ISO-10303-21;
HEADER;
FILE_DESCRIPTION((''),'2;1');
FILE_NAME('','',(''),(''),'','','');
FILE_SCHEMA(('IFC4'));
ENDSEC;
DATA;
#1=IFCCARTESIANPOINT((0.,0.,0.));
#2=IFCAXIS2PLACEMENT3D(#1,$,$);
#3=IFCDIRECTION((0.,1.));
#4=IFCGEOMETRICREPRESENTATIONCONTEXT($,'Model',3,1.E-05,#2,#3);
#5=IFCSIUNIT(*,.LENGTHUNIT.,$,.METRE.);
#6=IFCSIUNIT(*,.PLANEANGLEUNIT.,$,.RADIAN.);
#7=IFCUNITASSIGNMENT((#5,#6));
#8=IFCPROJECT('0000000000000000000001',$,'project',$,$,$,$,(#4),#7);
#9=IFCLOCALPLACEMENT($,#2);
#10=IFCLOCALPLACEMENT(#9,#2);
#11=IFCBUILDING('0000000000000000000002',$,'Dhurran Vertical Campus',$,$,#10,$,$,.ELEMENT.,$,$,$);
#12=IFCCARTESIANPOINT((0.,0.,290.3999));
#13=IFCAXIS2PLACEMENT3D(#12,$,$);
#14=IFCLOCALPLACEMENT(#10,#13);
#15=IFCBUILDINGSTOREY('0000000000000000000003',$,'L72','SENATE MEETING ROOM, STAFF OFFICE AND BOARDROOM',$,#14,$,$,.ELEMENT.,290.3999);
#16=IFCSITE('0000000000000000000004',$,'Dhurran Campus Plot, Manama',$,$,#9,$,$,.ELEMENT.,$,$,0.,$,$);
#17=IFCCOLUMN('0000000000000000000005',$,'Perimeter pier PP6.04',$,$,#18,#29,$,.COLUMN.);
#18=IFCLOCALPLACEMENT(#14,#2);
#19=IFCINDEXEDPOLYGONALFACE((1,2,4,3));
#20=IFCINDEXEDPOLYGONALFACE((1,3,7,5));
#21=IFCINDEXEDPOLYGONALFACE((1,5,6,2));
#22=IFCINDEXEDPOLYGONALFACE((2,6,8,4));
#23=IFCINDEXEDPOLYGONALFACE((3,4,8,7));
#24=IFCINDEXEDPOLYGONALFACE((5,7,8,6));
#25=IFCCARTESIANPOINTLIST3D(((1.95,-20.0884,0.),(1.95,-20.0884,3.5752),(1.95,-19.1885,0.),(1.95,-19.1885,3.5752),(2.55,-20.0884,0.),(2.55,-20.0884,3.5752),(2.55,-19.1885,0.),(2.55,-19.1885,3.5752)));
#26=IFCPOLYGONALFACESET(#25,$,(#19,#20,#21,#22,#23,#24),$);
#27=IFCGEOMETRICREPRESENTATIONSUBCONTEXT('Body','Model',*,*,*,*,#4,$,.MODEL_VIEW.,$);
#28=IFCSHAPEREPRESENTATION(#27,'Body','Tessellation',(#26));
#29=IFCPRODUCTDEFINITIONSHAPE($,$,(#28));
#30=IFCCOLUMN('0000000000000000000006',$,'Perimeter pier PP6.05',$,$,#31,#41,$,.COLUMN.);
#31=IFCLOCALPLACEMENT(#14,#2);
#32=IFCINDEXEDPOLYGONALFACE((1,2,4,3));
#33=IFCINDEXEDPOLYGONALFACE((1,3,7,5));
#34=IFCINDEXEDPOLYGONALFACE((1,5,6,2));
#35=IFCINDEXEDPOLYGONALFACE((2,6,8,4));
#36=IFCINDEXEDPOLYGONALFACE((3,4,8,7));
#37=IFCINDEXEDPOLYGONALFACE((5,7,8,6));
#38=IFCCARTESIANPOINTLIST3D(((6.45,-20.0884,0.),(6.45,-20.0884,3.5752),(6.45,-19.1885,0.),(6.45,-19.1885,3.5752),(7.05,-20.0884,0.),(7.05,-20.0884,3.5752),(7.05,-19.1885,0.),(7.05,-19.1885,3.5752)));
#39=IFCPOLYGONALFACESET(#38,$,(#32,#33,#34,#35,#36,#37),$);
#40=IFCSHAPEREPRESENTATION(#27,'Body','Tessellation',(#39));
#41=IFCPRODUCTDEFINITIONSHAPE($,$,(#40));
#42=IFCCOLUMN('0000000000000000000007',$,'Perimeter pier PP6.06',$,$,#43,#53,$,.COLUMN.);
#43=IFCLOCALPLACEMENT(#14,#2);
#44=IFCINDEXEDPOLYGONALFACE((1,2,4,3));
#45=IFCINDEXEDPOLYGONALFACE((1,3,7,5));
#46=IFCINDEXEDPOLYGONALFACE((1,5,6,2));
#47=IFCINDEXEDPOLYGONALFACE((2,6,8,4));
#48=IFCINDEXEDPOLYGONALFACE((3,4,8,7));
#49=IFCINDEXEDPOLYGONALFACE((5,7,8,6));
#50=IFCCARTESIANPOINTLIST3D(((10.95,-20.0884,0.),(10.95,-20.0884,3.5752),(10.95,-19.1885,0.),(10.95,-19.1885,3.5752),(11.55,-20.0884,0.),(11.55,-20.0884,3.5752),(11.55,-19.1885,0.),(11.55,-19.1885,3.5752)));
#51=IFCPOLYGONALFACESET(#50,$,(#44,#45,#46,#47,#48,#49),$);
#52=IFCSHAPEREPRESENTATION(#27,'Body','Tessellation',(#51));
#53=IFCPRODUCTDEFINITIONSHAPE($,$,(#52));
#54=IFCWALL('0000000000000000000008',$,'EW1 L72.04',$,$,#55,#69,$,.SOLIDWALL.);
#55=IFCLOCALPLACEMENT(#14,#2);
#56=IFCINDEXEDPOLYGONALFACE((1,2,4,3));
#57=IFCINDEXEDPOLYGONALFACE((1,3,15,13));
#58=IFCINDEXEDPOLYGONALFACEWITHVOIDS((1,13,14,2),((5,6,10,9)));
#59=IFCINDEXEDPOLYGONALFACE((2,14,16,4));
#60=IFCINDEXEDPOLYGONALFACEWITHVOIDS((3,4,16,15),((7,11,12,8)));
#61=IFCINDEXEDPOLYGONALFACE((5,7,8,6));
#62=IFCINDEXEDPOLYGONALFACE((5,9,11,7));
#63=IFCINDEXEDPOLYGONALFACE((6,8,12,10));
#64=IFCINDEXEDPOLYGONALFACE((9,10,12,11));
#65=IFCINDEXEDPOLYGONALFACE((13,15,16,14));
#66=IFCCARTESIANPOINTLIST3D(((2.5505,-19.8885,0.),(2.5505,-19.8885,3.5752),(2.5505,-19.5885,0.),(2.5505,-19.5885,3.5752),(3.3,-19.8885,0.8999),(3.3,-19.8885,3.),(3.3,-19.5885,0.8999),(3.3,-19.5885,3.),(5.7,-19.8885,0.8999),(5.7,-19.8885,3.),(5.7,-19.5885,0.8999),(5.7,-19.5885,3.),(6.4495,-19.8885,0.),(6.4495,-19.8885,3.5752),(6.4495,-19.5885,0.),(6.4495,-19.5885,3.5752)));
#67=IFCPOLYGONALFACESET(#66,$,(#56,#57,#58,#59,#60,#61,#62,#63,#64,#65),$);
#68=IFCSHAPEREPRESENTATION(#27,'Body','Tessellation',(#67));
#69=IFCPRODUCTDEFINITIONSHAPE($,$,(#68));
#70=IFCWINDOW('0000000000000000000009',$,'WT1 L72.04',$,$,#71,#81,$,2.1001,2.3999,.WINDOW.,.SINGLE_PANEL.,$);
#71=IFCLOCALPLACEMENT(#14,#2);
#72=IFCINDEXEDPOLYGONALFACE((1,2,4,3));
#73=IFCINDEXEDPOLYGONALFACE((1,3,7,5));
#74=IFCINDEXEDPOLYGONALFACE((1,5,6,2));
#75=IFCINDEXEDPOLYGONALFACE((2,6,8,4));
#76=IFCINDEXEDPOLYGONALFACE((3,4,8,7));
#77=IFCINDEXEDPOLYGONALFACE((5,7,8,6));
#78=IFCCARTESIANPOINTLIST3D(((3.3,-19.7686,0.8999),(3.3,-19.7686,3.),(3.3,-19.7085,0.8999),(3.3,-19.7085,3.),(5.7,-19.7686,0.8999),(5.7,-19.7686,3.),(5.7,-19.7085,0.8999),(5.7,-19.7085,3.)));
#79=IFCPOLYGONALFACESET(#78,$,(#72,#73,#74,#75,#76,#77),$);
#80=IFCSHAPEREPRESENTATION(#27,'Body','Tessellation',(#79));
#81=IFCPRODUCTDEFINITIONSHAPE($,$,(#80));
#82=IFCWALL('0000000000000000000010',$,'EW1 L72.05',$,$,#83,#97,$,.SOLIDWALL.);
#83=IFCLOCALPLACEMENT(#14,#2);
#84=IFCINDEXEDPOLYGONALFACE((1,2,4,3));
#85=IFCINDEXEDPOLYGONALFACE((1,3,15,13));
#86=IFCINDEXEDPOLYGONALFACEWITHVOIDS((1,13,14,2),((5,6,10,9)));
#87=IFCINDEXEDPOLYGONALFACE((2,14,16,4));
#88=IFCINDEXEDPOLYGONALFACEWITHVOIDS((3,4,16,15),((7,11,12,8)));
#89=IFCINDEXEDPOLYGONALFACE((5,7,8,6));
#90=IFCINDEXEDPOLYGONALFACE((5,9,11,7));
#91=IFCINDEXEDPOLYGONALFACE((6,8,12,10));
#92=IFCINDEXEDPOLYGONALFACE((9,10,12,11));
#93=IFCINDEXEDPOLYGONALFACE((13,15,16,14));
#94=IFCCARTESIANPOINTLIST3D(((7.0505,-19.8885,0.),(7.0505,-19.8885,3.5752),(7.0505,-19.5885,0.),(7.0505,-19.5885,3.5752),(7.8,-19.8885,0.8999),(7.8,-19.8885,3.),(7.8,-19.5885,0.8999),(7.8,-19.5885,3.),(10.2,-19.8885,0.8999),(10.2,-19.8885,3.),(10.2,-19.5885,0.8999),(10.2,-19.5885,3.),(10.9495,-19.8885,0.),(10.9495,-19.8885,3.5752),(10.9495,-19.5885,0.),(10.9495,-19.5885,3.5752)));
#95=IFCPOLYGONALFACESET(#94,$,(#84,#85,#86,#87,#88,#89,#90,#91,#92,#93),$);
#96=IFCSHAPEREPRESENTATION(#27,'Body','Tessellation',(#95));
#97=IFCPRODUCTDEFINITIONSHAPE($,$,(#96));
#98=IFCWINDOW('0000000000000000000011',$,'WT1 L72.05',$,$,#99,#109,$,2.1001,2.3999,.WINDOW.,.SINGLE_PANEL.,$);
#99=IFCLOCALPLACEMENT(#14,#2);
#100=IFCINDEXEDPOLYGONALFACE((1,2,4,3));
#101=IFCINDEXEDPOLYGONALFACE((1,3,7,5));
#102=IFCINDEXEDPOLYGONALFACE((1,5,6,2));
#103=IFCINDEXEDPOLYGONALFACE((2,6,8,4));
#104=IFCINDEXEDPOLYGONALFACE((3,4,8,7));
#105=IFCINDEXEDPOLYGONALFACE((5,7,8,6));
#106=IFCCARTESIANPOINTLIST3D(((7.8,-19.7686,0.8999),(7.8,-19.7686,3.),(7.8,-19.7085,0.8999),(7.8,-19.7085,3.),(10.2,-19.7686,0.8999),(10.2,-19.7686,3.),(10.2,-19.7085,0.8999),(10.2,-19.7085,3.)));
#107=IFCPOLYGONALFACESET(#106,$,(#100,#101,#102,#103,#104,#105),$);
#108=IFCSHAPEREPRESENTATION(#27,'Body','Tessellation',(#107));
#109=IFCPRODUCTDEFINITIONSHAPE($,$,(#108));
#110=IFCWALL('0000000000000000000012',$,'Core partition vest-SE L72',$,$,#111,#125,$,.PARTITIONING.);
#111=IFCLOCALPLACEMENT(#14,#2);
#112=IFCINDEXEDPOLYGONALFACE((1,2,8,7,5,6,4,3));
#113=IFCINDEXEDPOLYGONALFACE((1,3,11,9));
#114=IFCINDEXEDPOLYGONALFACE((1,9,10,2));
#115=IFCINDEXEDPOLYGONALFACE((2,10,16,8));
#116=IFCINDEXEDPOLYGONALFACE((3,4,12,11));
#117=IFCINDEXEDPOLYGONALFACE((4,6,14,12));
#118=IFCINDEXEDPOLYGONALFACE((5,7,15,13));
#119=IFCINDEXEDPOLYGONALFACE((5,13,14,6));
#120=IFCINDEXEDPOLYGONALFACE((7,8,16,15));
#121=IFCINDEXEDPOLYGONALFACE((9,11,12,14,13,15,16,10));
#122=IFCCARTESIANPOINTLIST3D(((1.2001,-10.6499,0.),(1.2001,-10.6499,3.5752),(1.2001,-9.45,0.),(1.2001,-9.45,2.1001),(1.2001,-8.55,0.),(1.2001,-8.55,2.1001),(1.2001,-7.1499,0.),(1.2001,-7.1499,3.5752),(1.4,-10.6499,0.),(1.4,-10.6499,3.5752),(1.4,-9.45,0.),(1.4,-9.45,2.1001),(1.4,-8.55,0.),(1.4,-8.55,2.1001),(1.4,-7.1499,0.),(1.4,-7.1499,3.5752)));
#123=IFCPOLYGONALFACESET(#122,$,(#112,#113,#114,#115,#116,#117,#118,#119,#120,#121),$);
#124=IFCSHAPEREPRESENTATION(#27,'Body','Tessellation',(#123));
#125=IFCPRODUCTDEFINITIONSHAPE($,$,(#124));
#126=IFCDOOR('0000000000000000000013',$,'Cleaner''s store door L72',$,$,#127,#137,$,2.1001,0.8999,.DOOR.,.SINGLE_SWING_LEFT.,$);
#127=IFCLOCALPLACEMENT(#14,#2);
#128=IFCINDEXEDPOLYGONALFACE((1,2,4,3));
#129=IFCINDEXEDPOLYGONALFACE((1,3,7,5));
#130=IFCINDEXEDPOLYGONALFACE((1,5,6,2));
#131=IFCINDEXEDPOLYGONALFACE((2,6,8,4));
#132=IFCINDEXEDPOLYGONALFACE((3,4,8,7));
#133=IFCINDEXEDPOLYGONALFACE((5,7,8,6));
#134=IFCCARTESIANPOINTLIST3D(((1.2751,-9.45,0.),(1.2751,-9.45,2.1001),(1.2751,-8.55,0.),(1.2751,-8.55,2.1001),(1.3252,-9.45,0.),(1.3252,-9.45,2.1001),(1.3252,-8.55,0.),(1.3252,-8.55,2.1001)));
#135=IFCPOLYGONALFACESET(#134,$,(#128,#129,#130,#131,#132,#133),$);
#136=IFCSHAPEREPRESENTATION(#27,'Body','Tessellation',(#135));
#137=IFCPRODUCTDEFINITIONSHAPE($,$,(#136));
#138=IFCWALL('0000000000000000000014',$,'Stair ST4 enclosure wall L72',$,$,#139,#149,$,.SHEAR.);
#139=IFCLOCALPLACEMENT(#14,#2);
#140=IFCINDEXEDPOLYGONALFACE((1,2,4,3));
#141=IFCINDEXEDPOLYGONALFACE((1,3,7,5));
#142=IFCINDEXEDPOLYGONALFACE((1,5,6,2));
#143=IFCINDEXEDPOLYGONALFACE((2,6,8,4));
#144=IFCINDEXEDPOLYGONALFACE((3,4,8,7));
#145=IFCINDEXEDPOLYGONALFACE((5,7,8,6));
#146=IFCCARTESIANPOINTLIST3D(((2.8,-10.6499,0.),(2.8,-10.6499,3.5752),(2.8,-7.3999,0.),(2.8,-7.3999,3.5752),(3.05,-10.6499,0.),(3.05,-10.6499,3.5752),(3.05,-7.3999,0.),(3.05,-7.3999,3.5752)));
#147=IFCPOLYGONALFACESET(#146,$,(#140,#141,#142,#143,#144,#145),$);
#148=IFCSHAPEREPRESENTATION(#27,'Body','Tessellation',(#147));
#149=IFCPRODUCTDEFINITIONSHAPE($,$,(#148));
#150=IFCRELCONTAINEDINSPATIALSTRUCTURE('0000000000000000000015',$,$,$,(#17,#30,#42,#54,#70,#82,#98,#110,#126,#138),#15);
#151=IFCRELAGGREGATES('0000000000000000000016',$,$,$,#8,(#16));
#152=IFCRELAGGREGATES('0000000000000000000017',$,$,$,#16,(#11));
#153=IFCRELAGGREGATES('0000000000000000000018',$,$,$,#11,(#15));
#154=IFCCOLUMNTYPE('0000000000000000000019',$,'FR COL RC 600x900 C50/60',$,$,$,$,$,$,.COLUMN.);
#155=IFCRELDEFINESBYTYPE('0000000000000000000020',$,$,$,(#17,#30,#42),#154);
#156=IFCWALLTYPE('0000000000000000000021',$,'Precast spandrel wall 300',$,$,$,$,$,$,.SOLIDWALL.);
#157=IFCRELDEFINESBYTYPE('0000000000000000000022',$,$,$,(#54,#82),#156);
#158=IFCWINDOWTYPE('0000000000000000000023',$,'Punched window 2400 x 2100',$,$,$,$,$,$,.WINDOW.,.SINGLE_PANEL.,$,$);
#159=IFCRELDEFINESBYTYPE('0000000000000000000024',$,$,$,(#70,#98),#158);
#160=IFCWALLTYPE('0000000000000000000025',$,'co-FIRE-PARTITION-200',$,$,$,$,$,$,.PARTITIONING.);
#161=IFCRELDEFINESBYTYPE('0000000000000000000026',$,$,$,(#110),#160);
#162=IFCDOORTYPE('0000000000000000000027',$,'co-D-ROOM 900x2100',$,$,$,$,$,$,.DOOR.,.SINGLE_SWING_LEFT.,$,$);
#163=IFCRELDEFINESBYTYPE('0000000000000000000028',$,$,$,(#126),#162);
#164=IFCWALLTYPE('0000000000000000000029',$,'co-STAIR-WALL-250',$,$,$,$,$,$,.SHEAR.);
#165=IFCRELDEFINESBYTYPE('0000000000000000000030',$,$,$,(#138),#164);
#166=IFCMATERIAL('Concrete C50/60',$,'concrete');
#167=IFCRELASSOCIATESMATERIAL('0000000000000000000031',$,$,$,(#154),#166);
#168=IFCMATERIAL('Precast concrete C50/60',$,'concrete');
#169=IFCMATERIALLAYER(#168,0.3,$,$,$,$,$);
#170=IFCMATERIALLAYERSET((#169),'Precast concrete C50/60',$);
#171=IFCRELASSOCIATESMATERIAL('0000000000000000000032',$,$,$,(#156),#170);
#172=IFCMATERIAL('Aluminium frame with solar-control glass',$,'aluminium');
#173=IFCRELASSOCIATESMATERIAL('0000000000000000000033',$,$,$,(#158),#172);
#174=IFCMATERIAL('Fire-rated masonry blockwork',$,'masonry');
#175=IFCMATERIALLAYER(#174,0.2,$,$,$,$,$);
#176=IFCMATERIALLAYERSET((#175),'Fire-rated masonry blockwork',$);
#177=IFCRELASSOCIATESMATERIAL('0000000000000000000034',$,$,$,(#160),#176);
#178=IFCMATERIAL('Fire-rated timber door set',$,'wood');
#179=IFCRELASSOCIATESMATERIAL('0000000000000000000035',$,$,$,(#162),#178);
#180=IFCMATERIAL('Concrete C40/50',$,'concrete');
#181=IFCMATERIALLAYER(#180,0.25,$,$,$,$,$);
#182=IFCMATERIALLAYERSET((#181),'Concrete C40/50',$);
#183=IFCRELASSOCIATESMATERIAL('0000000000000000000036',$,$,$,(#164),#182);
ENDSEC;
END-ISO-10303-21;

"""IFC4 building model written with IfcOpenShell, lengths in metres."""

from ifc_helpers import new_model, si_unit, direction, frame, frame_2d, origin, origin_2d, place, context, subcontext, project, spatial, rectangle, extrude, material, layer, layer_set, material_profile, profile_set, type_object, element, fill, save


model = new_model("IFC4")

# Units and contexts
model_context = context("Model", 3, precision=1e-05, world=origin(), true_north=direction((0.0, 1.0)))
body_context = subcontext(model_context, "Body", "Model", "MODEL_VIEW")
ifc_project = project(units=[si_unit("LENGTHUNIT", "METRE"), si_unit("PLANEANGLEUNIT", "RADIAN")], contexts=[model_context])

# Site, building, storey
site_placement = place(None, origin())
site = spatial("IfcSite", under=ifc_project, at=site_placement, Name="Dhurran Campus Plot, Manama", CompositionType="ELEMENT", RefElevation=0.0)
building_placement = place(site_placement, origin())
building = spatial("IfcBuilding", under=site, at=building_placement, Name="Dhurran Vertical Campus", CompositionType="ELEMENT")
storey_placement = place(building_placement, frame((0.0, 0.0, 290.3999)))
storey = spatial("IfcBuildingStorey", under=building, at=storey_placement, Name="L72", Description="SENATE MEETING ROOM, STAFF OFFICE AND BOARDROOM", CompositionType="ELEMENT", Elevation=290.3999)

# Columns
ifc_material_1 = material(Name="Concrete C50/60", Category="concrete")
ifc_material_profile = material_profile(ifc_material_1, rectangle(XDim=0.6001, YDim=0.8999, at=origin_2d()), Name="RC 600x900")
ifc_profile_set = profile_set([ifc_material_profile], Name="Concrete C50/60")
column_type = type_object("IfcColumnType", Name="FR COL RC 600x900 C50/60", PredefinedType="COLUMN", material=ifc_profile_set)
for number, where, z_axis, x_axis, name in (
    (1, (2.25, -19.6384, 0.0), (0.0, 0.0, 1.0), (1.0, 0.0, 0.0), "Perimeter pier PP6.04"),
    (2, (6.75, -19.6384, 0.0), (0.0, 0.0, 1.0), (1.0, 0.0, 0.0), "Perimeter pier PP6.05"),
    (3, (11.25, -19.6384, 0.0), (0.0, 0.0, 1.0), (1.0, 0.0, 0.0), "Perimeter pier PP6.06"),
):
    element("IfcColumn", number, at=place(storey_placement, frame(where, z_axis=z_axis, x_axis=x_axis)), inside=storey, type_object=column_type, Name=name, PredefinedType="COLUMN", context=body_context, shape_type="SweptSolid", body=[
        extrude(rectangle(XDim=0.6001, YDim=0.8999, at=origin_2d()), origin(), (0.0, 0.0, 1.0), 3.5752),
    ])

# Walls, openings, windows
ifc_material_2 = material(Name="Precast concrete C50/60", Category="concrete")
ifc_layer_1 = layer(ifc_material_2, 0.3)
ifc_layer_set_1 = layer_set([ifc_layer_1], Name="Precast concrete C50/60")
wall_type_1 = type_object("IfcWallType", Name="Precast spandrel wall 300", PredefinedType="SOLIDWALL", material=ifc_layer_set_1)
wall_1_placement = place(storey_placement, frame((2.5505, -19.7385, 0.0), z_axis=(0.0, 0.0, 1.0), x_axis=(1.0, 0.0, 0.0)))
wall_1 = element("IfcWall", 4, at=wall_1_placement, inside=storey, type_object=wall_type_1, Name="EW1 L72.04", PredefinedType="SOLIDWALL", context=body_context, shape_type="SweptSolid", body=[
    extrude(rectangle(XDim=3.8989, YDim=0.3, at=frame_2d((1.9495, 0.0))), origin(), (0.0, 0.0, 1.0), 3.5752),
])
opening_1_placement = place(wall_1_placement, frame((0.7495, 0.0, 0.8999)))
opening_1 = element("IfcOpeningElement", 5, at=opening_1_placement, cuts=wall_1, PredefinedType="OPENING", context=body_context, shape_type="SweptSolid", body=[
    extrude(rectangle(XDim=2.3999, YDim=2.1001, at=frame_2d((1.2, 1.05))), frame((0.0, 0.1599, 0.0), z_axis=(0.0, -1.0, 0.0), x_axis=(1.0, 0.0, 0.0)), (0.0, 0.0, 1.0), 0.3201),
])
ifc_material_3 = material(Name="Aluminium frame with solar-control glass", Category="aluminium")
window_type = type_object("IfcWindowType", Name="Punched window 2400 x 2100", PartitioningType="SINGLE_PANEL", PredefinedType="WINDOW", material=ifc_material_3)
window_1_placement = place(opening_1_placement, origin())
window_1 = element("IfcWindow", 6, at=window_1_placement, inside=storey, type_object=window_type, Name="WT1 L72.04", OverallHeight=2.1001, OverallWidth=2.3999, PartitioningType="SINGLE_PANEL", PredefinedType="WINDOW", context=body_context, shape_type="SweptSolid", body=[
    extrude(rectangle(XDim=2.3999, YDim=2.1001, at=frame_2d((1.2, 1.05))), frame((0.0, 0.03, 0.0), z_axis=(0.0, -1.0, 0.0), x_axis=(1.0, 0.0, 0.0)), (0.0, 0.0, 1.0), 0.0601),
])
fill(opening_1, window_1)
wall_2_placement = place(storey_placement, frame((7.0505, -19.7385, 0.0), z_axis=(0.0, 0.0, 1.0), x_axis=(1.0, 0.0, 0.0)))
wall_2 = element("IfcWall", 7, at=wall_2_placement, inside=storey, type_object=wall_type_1, Name="EW1 L72.05", PredefinedType="SOLIDWALL", context=body_context, shape_type="SweptSolid", body=[
    extrude(rectangle(XDim=3.8989, YDim=0.3, at=frame_2d((1.9495, 0.0))), origin(), (0.0, 0.0, 1.0), 3.5752),
])
opening_2_placement = place(wall_2_placement, frame((0.7495, 0.0, 0.8999)))
opening_2 = element("IfcOpeningElement", 8, at=opening_2_placement, cuts=wall_2, PredefinedType="OPENING", context=body_context, shape_type="SweptSolid", body=[
    extrude(rectangle(XDim=2.3999, YDim=2.1001, at=frame_2d((1.2, 1.05))), frame((0.0, 0.1599, 0.0), z_axis=(0.0, -1.0, 0.0), x_axis=(1.0, 0.0, 0.0)), (0.0, 0.0, 1.0), 0.3201),
])
window_2_placement = place(opening_2_placement, origin())
window_2 = element("IfcWindow", 9, at=window_2_placement, inside=storey, type_object=window_type, Name="WT1 L72.05", OverallHeight=2.1001, OverallWidth=2.3999, PartitioningType="SINGLE_PANEL", PredefinedType="WINDOW", context=body_context, shape_type="SweptSolid", body=[
    extrude(rectangle(XDim=2.3999, YDim=2.1001, at=frame_2d((1.2, 1.05))), frame((0.0, 0.03, 0.0), z_axis=(0.0, -1.0, 0.0), x_axis=(1.0, 0.0, 0.0)), (0.0, 0.0, 1.0), 0.0601),
])
fill(opening_2, window_2)

# Wall, opening, door
ifc_material_4 = material(Name="Fire-rated masonry blockwork", Category="masonry")
ifc_layer_2 = layer(ifc_material_4, 0.2)
ifc_layer_set_2 = layer_set([ifc_layer_2], Name="Fire-rated masonry blockwork")
wall_type_2 = type_object("IfcWallType", Name="co-FIRE-PARTITION-200", PredefinedType="PARTITIONING", material=ifc_layer_set_2)
wall_3_placement = place(storey_placement, frame((1.3, -10.6499, 0.0), z_axis=(0.0, 0.0, 1.0), x_axis=(0.0, 1.0, 0.0)))
wall_3 = element("IfcWall", 10, at=wall_3_placement, inside=storey, type_object=wall_type_2, Name="Core partition vest-SE L72", PredefinedType="PARTITIONING", context=body_context, shape_type="SweptSolid", body=[
    extrude(rectangle(XDim=3.5, YDim=0.2, at=frame_2d((1.75, 0.0))), origin(), (0.0, 0.0, 1.0), 3.5752),
])
opening_3_placement = place(wall_3_placement, frame((1.2, 0.0, 0.0)))
opening_3 = element("IfcOpeningElement", 11, at=opening_3_placement, cuts=wall_3, PredefinedType="OPENING", context=body_context, shape_type="SweptSolid", body=[
    extrude(rectangle(XDim=0.8999, YDim=2.1001, at=frame_2d((0.45, 1.05))), frame((0.0, 0.1099, 0.0), z_axis=(0.0, -1.0, 0.0), x_axis=(1.0, 0.0, 0.0)), (0.0, 0.0, 1.0), 0.22),
])
ifc_material_5 = material(Name="Fire-rated timber door set", Category="wood")
door_type = type_object("IfcDoorType", Name="co-D-ROOM 900x2100", OperationType="SINGLE_SWING_LEFT", PredefinedType="DOOR", material=ifc_material_5)
door_placement = place(opening_3_placement, origin())
door = element("IfcDoor", 12, at=door_placement, inside=storey, type_object=door_type, Name="Cleaner's store door L72", OperationType="SINGLE_SWING_LEFT", OverallHeight=2.1001, OverallWidth=0.8999, PredefinedType="DOOR", context=body_context, shape_type="SweptSolid", body=[
    extrude(rectangle(XDim=0.8999, YDim=2.1001, at=frame_2d((0.45, 1.05))), frame((0.0, 0.0249, 0.0), z_axis=(0.0, -1.0, 0.0), x_axis=(1.0, 0.0, 0.0)), (0.0, 0.0, 1.0), 0.05),
])
fill(opening_3, door)

# Wall
ifc_material_6 = material(Name="Concrete C40/50", Category="concrete")
ifc_layer_3 = layer(ifc_material_6, 0.25)
ifc_layer_set_3 = layer_set([ifc_layer_3], Name="Concrete C40/50")
wall_type_3 = type_object("IfcWallType", Name="co-STAIR-WALL-250", PredefinedType="SHEAR", material=ifc_layer_set_3)
wall_4_placement = place(storey_placement, frame((2.925, -10.6499, 0.0), z_axis=(0.0, 0.0, 1.0), x_axis=(0.0, 1.0, 0.0)))
element("IfcWall", 13, at=wall_4_placement, inside=storey, type_object=wall_type_3, Name="Stair ST4 enclosure wall L72", PredefinedType="SHEAR", context=body_context, shape_type="SweptSolid", body=[
    extrude(rectangle(XDim=3.25, YDim=0.25, at=frame_2d((1.625, 0.0))), origin(), (0.0, 0.0, 1.0), 3.5752),
])

save(model, "model.ifc")
